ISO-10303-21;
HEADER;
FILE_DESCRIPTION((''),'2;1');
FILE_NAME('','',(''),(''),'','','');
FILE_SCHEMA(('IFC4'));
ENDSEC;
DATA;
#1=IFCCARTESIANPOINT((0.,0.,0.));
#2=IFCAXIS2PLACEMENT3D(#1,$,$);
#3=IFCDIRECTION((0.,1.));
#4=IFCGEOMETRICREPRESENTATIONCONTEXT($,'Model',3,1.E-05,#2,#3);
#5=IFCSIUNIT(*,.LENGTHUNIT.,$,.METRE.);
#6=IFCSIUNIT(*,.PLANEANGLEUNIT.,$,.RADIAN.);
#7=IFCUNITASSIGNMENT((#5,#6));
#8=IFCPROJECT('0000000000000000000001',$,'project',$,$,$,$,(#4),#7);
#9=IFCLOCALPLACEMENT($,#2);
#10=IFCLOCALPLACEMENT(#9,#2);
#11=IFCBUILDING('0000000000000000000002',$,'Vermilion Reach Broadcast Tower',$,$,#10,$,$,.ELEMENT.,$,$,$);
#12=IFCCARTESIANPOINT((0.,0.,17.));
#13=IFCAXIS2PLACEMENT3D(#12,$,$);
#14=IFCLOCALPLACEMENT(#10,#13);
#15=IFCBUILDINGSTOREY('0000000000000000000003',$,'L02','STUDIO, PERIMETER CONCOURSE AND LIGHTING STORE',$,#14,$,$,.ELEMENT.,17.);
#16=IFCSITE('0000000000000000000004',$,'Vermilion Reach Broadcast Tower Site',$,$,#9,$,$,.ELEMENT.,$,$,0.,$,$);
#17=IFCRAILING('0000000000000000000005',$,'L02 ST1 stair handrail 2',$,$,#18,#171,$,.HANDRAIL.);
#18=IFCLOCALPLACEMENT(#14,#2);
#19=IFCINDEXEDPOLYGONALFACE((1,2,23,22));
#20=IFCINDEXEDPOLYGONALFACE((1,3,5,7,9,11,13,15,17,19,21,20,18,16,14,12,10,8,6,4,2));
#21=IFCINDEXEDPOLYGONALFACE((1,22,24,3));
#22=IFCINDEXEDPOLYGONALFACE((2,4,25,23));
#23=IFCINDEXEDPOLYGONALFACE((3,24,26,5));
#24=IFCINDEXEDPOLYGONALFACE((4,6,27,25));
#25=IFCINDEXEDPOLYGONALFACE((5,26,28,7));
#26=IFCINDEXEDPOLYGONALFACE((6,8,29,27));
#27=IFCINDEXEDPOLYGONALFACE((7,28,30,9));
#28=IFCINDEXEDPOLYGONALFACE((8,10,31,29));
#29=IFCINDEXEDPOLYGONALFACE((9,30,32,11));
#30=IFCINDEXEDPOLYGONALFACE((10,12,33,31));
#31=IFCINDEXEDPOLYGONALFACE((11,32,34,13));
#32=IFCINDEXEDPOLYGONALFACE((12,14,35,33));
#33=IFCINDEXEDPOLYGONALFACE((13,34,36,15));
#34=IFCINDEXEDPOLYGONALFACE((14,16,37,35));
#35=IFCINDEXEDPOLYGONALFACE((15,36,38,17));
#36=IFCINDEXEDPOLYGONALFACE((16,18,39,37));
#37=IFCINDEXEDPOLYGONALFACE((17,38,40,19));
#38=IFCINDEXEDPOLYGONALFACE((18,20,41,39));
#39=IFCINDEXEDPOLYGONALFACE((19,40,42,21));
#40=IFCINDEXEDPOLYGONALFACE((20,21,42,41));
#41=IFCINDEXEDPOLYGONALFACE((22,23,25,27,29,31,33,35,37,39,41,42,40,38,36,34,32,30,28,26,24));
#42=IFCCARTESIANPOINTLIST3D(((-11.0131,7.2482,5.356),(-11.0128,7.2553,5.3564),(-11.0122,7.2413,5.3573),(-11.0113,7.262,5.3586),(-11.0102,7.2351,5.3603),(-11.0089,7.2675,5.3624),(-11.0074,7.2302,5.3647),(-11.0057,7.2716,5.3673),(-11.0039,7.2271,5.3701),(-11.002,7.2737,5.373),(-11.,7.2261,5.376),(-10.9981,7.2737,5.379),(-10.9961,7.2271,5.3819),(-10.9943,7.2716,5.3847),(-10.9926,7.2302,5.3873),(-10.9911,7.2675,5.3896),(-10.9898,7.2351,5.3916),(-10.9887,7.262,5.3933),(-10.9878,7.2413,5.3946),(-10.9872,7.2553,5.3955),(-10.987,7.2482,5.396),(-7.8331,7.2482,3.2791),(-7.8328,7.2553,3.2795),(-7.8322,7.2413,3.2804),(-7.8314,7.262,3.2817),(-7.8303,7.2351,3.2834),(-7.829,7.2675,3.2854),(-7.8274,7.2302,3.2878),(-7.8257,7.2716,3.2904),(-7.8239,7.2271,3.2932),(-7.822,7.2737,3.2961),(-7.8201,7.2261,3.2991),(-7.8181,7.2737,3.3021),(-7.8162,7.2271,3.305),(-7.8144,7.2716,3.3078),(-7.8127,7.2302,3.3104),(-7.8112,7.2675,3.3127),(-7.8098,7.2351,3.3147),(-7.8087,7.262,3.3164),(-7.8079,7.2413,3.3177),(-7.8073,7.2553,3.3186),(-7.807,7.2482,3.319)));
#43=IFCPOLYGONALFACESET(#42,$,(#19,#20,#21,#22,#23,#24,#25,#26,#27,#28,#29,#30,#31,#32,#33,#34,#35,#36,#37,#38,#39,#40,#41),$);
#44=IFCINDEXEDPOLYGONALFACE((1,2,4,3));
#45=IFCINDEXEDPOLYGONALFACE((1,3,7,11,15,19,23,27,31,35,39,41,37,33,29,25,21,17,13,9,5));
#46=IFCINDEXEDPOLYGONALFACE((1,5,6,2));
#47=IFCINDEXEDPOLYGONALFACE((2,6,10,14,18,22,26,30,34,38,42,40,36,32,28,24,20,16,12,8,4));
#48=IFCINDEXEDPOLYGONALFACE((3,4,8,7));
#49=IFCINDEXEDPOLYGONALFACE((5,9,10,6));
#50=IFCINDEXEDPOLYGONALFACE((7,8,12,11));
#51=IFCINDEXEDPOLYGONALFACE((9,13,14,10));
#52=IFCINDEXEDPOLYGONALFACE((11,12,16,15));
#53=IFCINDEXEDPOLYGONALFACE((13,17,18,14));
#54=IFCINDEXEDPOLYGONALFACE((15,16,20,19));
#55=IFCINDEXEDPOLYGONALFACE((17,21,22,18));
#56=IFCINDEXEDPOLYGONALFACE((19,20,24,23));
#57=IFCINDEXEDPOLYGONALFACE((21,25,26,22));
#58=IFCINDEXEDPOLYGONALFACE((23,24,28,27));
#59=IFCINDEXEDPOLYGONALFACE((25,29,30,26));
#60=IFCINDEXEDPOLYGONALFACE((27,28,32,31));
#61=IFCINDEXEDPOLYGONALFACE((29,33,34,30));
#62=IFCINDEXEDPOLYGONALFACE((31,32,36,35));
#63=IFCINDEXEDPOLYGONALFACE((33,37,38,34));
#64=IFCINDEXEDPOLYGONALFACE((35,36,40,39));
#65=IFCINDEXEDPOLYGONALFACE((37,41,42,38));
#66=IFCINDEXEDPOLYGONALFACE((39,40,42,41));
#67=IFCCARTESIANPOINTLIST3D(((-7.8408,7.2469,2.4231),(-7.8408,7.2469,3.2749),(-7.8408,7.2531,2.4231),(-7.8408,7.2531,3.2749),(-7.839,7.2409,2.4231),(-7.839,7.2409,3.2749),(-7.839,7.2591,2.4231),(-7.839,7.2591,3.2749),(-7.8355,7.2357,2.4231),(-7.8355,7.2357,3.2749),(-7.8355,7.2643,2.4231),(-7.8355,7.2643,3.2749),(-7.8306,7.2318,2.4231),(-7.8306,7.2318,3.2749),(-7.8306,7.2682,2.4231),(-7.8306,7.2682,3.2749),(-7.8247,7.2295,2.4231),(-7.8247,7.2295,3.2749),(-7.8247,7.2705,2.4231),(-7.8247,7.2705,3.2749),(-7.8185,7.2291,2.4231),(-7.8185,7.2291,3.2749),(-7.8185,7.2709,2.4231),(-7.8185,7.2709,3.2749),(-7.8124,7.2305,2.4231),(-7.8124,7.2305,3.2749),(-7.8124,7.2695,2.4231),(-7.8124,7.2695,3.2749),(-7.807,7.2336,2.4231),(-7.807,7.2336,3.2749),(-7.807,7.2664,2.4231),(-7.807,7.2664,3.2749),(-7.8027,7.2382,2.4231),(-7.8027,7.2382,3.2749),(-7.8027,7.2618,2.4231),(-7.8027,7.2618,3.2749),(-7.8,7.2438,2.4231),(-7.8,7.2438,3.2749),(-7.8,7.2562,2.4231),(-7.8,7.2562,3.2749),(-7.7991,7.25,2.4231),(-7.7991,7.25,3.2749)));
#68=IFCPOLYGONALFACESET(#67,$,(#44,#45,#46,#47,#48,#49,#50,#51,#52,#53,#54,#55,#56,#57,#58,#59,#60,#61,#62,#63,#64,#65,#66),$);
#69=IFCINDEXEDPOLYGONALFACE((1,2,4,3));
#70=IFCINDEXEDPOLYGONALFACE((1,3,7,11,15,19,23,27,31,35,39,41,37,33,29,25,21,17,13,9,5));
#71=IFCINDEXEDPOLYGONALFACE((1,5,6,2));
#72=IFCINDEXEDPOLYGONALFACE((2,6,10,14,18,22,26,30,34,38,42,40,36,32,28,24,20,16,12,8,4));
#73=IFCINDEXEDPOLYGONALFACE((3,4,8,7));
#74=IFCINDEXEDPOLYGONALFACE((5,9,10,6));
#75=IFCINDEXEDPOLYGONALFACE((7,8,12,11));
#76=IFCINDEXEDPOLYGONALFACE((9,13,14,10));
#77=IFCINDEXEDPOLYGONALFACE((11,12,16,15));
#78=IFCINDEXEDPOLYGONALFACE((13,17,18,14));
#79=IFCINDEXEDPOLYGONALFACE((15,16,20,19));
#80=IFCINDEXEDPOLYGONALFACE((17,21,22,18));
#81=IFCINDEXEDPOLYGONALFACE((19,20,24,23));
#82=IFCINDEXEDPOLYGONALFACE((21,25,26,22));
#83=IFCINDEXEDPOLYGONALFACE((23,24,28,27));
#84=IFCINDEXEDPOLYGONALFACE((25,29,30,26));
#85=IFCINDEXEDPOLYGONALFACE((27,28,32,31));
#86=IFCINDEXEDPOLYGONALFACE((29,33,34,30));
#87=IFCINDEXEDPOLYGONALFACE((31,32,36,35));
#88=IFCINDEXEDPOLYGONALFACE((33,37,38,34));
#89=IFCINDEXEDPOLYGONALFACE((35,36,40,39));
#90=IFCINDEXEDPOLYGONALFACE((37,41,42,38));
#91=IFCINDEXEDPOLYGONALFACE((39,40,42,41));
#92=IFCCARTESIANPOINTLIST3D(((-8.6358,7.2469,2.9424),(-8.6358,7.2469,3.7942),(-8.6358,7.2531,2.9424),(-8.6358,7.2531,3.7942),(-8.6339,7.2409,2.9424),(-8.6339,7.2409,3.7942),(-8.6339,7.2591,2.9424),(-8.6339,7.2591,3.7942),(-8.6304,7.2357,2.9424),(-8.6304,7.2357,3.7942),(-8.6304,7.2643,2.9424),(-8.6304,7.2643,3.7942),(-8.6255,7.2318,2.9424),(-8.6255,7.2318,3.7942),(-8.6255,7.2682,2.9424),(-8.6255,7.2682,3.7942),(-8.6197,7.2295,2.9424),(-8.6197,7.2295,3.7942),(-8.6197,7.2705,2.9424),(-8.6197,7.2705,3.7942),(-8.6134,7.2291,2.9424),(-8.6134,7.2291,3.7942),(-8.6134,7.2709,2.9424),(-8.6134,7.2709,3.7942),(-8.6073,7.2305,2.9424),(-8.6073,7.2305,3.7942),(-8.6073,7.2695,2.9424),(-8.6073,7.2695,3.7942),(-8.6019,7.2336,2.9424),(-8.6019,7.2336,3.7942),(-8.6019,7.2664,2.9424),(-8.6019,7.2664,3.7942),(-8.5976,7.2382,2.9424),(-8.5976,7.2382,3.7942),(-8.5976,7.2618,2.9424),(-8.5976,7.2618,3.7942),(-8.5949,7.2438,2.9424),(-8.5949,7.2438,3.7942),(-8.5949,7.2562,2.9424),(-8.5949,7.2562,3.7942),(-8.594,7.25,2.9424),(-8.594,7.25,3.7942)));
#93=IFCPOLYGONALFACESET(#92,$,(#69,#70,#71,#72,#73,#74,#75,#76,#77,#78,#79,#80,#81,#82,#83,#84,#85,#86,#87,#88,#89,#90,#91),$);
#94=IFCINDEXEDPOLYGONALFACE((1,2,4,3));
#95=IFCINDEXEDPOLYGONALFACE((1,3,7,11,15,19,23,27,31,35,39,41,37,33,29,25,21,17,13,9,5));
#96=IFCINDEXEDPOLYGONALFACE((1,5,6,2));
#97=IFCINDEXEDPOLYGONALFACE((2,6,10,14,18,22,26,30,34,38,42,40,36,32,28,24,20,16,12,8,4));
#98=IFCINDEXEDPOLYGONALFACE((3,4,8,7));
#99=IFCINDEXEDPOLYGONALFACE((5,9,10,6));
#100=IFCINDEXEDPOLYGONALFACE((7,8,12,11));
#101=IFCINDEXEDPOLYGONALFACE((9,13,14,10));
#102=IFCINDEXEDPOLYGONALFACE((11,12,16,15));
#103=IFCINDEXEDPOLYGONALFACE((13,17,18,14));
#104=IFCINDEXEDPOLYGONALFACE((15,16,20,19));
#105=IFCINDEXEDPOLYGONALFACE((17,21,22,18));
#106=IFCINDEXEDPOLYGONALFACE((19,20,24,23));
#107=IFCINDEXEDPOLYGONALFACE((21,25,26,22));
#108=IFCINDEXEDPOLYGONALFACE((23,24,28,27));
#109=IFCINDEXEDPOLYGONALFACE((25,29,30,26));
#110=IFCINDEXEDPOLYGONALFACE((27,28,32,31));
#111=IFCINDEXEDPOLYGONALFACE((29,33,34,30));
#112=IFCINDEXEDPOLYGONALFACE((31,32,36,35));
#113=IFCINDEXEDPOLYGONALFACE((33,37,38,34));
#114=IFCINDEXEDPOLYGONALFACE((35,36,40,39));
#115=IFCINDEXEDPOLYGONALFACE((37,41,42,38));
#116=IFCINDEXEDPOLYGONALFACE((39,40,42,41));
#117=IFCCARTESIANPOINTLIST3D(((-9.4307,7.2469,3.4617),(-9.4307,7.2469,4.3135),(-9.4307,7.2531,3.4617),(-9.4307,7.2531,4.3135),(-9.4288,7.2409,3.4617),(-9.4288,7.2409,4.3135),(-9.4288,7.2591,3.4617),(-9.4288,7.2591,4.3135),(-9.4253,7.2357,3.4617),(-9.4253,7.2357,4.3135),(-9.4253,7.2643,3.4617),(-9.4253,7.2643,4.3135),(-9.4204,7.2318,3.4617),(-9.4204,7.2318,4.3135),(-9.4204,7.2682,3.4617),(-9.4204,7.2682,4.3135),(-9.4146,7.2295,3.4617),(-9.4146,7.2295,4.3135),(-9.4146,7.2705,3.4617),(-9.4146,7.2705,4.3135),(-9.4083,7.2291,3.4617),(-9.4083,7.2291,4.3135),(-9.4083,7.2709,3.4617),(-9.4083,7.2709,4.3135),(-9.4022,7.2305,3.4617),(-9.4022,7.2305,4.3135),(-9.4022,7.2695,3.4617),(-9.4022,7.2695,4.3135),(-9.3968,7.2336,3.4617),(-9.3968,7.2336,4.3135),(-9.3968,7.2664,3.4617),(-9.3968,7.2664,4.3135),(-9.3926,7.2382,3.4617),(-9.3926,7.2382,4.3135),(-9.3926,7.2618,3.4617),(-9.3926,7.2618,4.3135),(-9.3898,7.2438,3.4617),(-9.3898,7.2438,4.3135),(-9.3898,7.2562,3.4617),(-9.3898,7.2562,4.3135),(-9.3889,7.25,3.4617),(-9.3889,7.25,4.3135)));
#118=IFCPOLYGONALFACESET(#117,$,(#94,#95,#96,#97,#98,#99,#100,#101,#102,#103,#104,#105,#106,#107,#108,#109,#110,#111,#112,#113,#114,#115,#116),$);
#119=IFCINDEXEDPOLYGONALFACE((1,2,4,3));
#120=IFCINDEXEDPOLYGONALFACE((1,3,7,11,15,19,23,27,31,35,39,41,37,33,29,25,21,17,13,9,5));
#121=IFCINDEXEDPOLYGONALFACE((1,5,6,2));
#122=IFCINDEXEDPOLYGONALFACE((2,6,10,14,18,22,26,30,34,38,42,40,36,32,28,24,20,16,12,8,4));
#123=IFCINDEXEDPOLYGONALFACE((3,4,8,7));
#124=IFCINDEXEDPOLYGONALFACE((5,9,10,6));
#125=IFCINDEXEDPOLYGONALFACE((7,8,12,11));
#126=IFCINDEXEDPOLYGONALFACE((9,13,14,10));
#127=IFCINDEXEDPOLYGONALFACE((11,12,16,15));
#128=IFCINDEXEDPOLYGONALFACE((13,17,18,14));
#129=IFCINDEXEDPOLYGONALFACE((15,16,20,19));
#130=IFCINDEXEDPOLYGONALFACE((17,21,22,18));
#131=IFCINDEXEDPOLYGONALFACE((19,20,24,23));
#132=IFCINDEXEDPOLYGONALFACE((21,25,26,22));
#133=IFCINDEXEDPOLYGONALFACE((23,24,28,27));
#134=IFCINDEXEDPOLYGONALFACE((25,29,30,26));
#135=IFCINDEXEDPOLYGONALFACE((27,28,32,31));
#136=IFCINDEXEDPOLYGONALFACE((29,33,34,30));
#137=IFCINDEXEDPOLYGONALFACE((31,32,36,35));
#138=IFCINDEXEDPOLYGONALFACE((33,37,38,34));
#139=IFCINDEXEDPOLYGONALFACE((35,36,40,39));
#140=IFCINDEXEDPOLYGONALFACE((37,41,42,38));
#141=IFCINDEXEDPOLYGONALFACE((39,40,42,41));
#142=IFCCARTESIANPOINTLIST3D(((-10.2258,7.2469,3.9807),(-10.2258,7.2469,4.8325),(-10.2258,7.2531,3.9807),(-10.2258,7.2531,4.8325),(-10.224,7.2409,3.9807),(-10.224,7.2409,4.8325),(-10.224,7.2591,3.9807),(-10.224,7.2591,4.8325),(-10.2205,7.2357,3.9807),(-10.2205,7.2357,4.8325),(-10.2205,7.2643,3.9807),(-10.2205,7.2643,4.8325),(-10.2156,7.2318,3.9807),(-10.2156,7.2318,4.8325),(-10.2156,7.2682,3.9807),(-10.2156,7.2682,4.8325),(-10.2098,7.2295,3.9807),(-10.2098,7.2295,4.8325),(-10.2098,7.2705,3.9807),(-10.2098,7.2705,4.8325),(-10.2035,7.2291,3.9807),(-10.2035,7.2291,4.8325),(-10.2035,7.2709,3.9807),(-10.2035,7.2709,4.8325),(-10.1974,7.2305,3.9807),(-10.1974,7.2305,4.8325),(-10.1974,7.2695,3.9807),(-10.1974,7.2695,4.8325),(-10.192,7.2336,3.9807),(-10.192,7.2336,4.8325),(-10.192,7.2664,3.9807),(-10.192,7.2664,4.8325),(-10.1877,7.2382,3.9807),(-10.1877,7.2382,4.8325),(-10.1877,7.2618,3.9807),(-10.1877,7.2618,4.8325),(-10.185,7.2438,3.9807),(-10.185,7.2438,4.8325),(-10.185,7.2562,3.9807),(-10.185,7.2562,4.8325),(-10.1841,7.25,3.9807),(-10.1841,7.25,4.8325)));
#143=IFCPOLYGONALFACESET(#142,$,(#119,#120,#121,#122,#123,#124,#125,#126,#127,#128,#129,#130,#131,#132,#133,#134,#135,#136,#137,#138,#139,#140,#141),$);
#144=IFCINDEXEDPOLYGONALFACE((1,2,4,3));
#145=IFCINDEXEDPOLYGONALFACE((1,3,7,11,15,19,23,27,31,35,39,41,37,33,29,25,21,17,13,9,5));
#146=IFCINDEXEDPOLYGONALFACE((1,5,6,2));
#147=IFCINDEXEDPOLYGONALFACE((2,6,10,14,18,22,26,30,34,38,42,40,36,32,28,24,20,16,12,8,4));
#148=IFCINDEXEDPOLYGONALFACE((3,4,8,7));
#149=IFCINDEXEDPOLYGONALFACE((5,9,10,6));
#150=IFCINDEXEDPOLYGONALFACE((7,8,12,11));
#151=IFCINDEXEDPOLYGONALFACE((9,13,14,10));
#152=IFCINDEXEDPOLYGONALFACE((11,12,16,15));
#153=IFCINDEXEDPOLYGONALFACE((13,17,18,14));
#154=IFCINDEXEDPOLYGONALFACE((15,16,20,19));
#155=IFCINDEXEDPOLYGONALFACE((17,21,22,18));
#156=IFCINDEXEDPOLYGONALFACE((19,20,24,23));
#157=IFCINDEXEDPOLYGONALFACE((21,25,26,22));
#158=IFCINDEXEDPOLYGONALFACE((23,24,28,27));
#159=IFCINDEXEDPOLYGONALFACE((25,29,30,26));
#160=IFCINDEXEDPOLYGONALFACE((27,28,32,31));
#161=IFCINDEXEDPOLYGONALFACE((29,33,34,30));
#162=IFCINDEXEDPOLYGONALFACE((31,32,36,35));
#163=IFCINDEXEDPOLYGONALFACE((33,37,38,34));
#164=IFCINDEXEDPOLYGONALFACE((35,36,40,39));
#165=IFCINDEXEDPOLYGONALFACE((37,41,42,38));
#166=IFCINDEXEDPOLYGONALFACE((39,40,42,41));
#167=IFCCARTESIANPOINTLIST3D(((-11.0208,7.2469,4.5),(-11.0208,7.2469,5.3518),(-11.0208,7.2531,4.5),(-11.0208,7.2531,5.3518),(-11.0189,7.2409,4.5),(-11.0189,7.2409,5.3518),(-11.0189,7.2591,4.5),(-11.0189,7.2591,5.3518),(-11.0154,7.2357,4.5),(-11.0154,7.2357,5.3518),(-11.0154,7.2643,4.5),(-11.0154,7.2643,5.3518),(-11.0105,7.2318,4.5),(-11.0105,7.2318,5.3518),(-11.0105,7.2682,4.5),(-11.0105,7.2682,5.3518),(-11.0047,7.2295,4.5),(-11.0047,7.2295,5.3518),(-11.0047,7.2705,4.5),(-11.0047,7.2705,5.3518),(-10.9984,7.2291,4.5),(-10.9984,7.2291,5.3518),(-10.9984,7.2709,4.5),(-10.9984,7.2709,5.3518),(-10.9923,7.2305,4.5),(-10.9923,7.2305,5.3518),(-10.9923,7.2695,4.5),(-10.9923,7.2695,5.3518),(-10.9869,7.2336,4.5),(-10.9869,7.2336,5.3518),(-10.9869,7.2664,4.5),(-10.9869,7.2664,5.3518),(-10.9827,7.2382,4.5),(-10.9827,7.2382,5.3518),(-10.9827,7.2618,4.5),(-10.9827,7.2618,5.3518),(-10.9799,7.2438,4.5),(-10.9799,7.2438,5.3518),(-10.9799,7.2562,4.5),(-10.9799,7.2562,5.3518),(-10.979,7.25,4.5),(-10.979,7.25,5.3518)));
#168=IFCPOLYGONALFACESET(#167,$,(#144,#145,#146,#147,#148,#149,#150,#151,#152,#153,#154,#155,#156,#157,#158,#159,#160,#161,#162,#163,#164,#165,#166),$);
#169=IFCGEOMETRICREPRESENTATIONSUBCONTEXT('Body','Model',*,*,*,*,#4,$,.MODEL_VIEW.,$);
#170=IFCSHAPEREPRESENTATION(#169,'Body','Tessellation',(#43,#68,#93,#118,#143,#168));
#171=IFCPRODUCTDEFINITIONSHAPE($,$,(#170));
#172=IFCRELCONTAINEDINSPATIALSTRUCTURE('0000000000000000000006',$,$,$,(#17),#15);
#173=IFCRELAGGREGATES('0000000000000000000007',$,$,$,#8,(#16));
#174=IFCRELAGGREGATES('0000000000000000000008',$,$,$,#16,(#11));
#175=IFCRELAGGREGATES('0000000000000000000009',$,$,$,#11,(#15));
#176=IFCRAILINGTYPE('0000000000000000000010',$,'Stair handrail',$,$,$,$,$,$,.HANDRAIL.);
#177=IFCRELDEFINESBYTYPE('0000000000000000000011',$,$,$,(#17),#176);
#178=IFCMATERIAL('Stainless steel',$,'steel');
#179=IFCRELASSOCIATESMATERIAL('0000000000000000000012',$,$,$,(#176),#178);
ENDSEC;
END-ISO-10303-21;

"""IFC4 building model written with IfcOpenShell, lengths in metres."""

from ifc_helpers import new_model, si_unit, direction, frame, origin, origin_2d, place, context, subcontext, project, spatial, circle, extrude, material, type_object, element, save


model = new_model("IFC4")

# Units and contexts
model_context = context("Model", 3, precision=1e-05, world=origin(), true_north=direction((0.0, 1.0)))
body_context = subcontext(model_context, "Body", "Model", "MODEL_VIEW")
ifc_project = project(units=[si_unit("LENGTHUNIT", "METRE"), si_unit("PLANEANGLEUNIT", "RADIAN")], contexts=[model_context])

# Site, building, storey
site_placement = place(None, origin())
site = spatial("IfcSite", under=ifc_project, at=site_placement, Name="Vermilion Reach Broadcast Tower Site", CompositionType="ELEMENT", RefElevation=0.0)
building_placement = place(site_placement, origin())
building = spatial("IfcBuilding", under=site, at=building_placement, Name="Vermilion Reach Broadcast Tower", CompositionType="ELEMENT")
storey_placement = place(building_placement, frame((0.0, 0.0, 17.0)))
storey = spatial("IfcBuildingStorey", under=building, at=storey_placement, Name="L02", Description="STUDIO, PERIMETER CONCOURSE AND LIGHTING STORE", CompositionType="ELEMENT", Elevation=17.0)

# Railing
ifc_material_1 = material(Name="Stainless steel", Category="steel")
railing_type_1 = type_object("IfcRailingType", Name="Stair handrail", PredefinedType="HANDRAIL", material=ifc_material_1)
for number, where, name in (
    (1, (-7.8201, 7.25, 2.4231), "L02 ST1 stair handrail 2"),
):
    element("IfcRailing", number, at=place(storey_placement, frame(where)), inside=storey, type_object=railing_type_1, Name=name, PredefinedType="HANDRAIL", context=body_context, shape_type="SweptSolid", body=[
        extrude(circle(Radius=0.0239, at=origin_2d()), frame((0.0, 0.0, 0.876), z_axis=(-0.837245, 0.0, 0.546828), x_axis=(0.0, -1.0, 0.0)), (0.0, 0.0, 1.0), 3.7981),
        extrude(circle(Radius=0.021, at=origin_2d()), origin(), (0.0, 0.0, 1.0), 0.8518),
        extrude(circle(Radius=0.021, at=origin_2d()), frame((-0.7949, 0.0, 0.5193)), (0.0, 0.0, 1.0), 0.8518),
        extrude(circle(Radius=0.021, at=origin_2d()), frame((-1.5898, 0.0, 1.0386)), (0.0, 0.0, 1.0), 0.8518),
        extrude(circle(Radius=0.021, at=origin_2d()), frame((-2.385, 0.0, 1.5576)), (0.0, 0.0, 1.0), 0.8518),
        extrude(circle(Radius=0.021, at=origin_2d()), frame((-3.1799, 0.0, 2.0769)), (0.0, 0.0, 1.0), 0.8518),
    ])

save(model, "model.ifc")
